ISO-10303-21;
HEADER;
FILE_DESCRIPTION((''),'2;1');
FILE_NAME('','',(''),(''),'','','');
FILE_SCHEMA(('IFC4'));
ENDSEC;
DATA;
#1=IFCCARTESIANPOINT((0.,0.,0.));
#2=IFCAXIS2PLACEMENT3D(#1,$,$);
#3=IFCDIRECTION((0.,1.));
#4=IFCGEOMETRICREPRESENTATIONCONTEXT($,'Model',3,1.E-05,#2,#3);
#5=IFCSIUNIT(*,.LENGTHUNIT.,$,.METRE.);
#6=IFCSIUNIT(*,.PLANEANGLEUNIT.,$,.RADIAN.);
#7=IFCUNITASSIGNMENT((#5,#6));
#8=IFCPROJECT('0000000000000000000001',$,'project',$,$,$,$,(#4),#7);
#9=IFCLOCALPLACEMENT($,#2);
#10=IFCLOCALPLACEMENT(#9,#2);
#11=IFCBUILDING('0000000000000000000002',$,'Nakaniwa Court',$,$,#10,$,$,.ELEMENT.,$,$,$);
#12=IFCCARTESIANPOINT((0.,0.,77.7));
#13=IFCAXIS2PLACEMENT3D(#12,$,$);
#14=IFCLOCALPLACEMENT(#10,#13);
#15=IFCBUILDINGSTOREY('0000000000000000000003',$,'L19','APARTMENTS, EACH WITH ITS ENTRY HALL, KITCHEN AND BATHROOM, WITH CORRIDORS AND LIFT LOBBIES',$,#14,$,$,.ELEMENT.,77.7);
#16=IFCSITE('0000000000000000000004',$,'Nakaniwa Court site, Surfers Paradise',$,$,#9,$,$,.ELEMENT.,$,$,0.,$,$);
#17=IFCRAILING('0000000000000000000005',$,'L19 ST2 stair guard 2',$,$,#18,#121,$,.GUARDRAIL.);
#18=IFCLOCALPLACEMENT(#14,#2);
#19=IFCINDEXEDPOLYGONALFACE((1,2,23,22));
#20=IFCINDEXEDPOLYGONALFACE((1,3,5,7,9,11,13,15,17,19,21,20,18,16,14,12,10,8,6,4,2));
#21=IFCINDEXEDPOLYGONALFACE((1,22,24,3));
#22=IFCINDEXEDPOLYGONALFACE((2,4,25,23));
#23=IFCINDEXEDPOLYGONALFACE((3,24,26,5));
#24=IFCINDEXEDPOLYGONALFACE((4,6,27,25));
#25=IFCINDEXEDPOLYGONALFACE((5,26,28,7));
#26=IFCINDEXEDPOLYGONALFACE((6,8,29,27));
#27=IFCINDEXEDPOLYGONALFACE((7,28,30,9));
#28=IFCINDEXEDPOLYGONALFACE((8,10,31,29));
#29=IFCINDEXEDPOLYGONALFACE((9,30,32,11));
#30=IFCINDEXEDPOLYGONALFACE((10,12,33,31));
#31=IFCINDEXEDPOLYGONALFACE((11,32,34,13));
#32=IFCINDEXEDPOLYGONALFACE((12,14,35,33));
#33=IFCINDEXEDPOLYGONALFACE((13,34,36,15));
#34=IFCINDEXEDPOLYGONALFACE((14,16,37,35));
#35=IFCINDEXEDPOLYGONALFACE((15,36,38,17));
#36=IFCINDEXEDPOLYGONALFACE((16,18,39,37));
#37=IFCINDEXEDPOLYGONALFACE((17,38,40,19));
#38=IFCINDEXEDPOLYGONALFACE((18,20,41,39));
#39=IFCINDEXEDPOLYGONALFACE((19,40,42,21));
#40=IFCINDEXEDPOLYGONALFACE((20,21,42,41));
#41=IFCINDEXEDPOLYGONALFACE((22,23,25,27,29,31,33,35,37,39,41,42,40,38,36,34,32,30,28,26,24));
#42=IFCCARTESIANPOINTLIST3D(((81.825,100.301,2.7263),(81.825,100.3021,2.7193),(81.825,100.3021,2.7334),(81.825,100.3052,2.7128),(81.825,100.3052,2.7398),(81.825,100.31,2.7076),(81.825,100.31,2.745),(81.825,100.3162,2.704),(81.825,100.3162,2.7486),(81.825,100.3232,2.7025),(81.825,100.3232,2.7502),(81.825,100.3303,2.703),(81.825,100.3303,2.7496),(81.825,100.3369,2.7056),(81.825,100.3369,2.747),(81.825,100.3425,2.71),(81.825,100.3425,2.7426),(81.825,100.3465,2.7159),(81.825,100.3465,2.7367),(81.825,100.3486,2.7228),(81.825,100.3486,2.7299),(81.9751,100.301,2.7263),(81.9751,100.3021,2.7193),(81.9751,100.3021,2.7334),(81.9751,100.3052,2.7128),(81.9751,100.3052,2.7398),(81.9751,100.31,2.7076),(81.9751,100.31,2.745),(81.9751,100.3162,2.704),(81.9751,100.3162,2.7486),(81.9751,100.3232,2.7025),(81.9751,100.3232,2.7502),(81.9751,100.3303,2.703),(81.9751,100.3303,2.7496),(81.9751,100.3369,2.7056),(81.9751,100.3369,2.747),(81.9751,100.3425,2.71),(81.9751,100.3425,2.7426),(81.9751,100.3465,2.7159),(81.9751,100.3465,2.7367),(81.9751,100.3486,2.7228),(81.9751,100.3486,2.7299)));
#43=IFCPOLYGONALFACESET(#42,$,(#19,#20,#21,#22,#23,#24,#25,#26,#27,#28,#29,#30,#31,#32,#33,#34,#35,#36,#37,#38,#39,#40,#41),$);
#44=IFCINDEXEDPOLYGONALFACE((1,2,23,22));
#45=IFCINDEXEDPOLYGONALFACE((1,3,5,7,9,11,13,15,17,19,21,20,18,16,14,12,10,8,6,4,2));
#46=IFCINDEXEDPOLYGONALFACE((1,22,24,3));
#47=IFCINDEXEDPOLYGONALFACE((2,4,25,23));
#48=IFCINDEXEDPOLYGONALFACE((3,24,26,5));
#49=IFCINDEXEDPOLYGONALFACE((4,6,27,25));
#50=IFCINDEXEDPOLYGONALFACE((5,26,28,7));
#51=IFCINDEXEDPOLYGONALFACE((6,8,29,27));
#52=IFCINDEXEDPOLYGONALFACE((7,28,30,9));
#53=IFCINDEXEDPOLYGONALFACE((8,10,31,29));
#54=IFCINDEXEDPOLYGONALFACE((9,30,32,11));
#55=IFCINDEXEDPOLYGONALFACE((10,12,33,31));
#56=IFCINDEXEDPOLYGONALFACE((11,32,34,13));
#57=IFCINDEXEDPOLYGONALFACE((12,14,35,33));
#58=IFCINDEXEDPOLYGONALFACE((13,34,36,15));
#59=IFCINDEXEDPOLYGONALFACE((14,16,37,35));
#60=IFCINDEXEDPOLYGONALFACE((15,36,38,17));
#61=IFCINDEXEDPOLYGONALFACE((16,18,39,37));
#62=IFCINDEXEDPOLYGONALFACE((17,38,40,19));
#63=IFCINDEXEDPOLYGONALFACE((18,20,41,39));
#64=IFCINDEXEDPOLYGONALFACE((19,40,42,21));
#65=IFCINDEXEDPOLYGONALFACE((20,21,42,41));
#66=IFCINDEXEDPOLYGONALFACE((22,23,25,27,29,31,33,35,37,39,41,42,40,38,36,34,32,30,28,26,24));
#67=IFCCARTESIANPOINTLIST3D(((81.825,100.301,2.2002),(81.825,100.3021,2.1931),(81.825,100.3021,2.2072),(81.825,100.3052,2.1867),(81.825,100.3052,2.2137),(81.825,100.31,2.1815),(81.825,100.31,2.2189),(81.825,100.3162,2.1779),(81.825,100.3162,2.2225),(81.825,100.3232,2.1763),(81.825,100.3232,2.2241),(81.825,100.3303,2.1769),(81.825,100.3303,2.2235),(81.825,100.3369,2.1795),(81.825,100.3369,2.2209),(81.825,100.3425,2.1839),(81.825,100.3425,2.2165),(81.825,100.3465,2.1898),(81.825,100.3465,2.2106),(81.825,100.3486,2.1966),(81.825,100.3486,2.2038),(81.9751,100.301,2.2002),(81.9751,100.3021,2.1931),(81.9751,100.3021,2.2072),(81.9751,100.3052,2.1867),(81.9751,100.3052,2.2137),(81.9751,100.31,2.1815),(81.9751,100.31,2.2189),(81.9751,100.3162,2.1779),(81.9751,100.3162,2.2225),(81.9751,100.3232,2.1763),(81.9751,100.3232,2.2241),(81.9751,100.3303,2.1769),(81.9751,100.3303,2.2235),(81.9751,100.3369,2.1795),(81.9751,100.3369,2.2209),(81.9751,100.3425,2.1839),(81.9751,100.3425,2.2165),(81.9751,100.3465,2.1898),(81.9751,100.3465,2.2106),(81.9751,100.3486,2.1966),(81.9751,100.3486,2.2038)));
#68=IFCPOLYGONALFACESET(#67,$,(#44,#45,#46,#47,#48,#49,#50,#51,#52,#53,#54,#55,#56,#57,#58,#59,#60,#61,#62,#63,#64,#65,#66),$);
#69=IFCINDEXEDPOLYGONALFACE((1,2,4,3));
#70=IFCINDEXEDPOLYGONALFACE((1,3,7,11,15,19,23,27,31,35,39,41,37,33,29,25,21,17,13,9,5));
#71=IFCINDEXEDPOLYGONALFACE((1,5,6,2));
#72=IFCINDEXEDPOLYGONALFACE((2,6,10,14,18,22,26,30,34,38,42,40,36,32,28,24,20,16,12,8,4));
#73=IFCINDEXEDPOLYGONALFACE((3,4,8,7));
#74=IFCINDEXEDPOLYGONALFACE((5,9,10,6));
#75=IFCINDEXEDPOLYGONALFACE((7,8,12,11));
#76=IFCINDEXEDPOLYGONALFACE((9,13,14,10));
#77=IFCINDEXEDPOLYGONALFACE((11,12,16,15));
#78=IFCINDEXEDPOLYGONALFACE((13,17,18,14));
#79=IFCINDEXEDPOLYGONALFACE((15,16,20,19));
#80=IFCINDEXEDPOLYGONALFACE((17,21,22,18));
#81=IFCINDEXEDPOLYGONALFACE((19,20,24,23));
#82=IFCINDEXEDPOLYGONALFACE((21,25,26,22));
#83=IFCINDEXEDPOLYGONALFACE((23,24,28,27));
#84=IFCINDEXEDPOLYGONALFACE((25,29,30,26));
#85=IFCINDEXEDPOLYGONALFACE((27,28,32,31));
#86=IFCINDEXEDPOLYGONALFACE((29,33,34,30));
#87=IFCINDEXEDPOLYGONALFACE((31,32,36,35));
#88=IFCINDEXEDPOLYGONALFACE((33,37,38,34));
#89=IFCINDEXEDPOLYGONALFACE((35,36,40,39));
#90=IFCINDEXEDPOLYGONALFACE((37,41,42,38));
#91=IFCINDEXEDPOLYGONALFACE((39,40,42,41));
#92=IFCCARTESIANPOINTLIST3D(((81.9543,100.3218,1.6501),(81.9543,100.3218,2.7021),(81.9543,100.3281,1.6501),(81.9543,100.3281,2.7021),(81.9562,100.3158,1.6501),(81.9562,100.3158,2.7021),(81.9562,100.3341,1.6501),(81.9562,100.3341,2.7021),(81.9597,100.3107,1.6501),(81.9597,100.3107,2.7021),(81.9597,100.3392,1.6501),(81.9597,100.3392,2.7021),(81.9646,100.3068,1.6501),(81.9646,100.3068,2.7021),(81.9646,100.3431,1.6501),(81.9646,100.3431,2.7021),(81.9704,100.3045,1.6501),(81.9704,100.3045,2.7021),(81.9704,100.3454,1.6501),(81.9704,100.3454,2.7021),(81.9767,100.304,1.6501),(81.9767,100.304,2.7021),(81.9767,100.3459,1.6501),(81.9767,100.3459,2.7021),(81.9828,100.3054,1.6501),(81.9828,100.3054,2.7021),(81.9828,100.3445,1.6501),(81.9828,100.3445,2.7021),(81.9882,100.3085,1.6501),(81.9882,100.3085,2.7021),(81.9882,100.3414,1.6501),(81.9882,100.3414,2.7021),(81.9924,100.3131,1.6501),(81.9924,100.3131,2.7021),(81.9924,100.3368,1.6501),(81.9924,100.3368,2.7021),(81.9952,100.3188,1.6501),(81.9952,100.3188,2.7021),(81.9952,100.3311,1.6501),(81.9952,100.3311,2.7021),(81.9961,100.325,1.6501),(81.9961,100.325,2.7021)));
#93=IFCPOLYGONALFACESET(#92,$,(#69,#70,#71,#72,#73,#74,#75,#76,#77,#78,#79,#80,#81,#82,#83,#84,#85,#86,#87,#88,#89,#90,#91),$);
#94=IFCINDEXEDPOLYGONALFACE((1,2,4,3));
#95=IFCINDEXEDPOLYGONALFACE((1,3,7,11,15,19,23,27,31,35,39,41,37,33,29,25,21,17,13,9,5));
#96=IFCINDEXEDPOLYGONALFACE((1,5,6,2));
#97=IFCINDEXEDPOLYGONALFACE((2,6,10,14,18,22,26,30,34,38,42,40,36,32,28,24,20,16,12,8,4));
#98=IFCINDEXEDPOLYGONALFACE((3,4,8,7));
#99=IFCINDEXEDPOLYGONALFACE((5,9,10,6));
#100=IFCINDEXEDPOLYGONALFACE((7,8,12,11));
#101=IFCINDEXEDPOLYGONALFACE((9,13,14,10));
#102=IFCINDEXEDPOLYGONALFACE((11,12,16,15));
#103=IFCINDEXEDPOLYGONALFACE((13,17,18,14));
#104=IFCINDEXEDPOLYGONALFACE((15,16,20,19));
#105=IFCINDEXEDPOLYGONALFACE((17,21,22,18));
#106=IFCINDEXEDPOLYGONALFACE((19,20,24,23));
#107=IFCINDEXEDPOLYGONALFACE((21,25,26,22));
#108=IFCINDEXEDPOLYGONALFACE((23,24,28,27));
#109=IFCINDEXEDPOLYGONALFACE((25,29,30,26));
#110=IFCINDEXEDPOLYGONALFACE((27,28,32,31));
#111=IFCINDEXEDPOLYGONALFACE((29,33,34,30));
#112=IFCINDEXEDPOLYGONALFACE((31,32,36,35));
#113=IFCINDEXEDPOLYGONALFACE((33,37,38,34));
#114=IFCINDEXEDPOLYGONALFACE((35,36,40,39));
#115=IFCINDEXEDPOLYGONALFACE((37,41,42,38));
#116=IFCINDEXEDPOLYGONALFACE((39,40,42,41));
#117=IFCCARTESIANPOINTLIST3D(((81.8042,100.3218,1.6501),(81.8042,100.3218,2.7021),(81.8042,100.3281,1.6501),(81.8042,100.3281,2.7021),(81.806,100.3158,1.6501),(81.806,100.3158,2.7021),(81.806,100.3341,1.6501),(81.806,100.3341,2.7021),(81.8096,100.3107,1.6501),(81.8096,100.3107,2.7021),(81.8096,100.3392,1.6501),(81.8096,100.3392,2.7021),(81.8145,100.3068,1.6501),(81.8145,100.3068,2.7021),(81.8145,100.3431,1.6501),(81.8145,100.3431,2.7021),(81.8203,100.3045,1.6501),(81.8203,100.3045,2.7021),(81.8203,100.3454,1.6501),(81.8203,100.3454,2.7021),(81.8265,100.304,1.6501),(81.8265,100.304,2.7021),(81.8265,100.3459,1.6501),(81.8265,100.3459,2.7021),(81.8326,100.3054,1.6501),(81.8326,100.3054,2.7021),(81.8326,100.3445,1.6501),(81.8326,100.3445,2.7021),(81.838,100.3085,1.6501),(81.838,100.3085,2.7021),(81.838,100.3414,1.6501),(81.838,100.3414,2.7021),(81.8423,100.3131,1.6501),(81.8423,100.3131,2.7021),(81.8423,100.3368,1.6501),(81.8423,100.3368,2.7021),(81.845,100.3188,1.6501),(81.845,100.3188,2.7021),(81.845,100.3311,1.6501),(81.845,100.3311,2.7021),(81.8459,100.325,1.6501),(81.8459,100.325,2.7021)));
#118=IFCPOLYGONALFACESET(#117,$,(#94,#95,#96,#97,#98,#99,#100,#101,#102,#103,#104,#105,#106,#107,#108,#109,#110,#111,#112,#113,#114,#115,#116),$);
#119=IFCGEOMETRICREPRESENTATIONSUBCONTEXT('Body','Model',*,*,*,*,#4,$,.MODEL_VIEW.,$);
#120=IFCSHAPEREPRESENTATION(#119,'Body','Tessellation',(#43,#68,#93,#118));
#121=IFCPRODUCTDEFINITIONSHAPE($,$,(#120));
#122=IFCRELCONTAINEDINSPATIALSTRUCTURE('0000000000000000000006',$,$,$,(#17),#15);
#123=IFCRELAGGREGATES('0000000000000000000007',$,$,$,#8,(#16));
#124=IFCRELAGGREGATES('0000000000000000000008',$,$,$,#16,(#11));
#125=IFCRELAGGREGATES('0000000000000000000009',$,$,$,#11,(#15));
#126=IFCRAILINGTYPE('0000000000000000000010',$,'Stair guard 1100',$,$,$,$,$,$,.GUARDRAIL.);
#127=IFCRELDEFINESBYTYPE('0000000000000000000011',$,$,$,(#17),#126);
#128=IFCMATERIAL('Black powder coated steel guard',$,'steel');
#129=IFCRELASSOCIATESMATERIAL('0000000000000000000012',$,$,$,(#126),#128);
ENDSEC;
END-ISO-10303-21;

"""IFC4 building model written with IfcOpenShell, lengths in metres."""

from ifc_helpers import new_model, si_unit, direction, frame, origin, origin_2d, place, context, subcontext, project, spatial, circle, extrude, material, type_object, element, save


model = new_model("IFC4")

# Units and contexts
model_context = context("Model", 3, precision=1e-05, world=origin(), true_north=direction((0.0, 1.0)))
body_context = subcontext(model_context, "Body", "Model", "MODEL_VIEW")
ifc_project = project(units=[si_unit("LENGTHUNIT", "METRE"), si_unit("PLANEANGLEUNIT", "RADIAN")], contexts=[model_context])

# Site, building, storey
site_placement = place(None, origin())
site = spatial("IfcSite", under=ifc_project, at=site_placement, Name="Nakaniwa Court site, Surfers Paradise", CompositionType="ELEMENT", RefElevation=0.0)
building_placement = place(site_placement, origin())
building = spatial("IfcBuilding", under=site, at=building_placement, Name="Nakaniwa Court", CompositionType="ELEMENT")
storey_placement = place(building_placement, frame((0.0, 0.0, 77.7)))
storey = spatial("IfcBuildingStorey", under=building, at=storey_placement, Name="L19", Description="APARTMENTS, EACH WITH ITS ENTRY HALL, KITCHEN AND BATHROOM, WITH CORRIDORS AND LIFT LOBBIES", CompositionType="ELEMENT", Elevation=77.7)

# Railing
ifc_material_1 = material(Name="Black powder coated steel guard", Category="steel")
railing_type_1 = type_object("IfcRailingType", Name="Stair guard 1100", PredefinedType="GUARDRAIL", material=ifc_material_1)
railing_1_placement = place(storey_placement, frame((81.9751, 100.325, 1.6501)))
element("IfcRailing", 1, at=railing_1_placement, inside=storey, type_object=railing_type_1, Name="L19 ST2 stair guard 2", PredefinedType="GUARDRAIL", context=body_context, shape_type="SweptSolid", body=[
    extrude(circle(Radius=0.0239, at=origin_2d()), frame((0.0, 0.0, 1.0762), z_axis=(-1.0, 0.0, 0.0), x_axis=(0.0, -1.0, 0.0)), (0.0, 0.0, 1.0), 0.1501),
    extrude(circle(Radius=0.0239, at=origin_2d()), frame((0.0, 0.0, 0.55), z_axis=(-1.0, 0.0, 0.0), x_axis=(0.0, -1.0, 0.0)), (0.0, 0.0, 1.0), 0.1501),
    extrude(circle(Radius=0.021, at=origin_2d()), origin(), (0.0, 0.0, 1.0), 1.052),
    extrude(circle(Radius=0.021, at=origin_2d()), frame((-0.1501, 0.0, 0.0)), (0.0, 0.0, 1.0), 1.052),
])

save(model, "model.ifc")
